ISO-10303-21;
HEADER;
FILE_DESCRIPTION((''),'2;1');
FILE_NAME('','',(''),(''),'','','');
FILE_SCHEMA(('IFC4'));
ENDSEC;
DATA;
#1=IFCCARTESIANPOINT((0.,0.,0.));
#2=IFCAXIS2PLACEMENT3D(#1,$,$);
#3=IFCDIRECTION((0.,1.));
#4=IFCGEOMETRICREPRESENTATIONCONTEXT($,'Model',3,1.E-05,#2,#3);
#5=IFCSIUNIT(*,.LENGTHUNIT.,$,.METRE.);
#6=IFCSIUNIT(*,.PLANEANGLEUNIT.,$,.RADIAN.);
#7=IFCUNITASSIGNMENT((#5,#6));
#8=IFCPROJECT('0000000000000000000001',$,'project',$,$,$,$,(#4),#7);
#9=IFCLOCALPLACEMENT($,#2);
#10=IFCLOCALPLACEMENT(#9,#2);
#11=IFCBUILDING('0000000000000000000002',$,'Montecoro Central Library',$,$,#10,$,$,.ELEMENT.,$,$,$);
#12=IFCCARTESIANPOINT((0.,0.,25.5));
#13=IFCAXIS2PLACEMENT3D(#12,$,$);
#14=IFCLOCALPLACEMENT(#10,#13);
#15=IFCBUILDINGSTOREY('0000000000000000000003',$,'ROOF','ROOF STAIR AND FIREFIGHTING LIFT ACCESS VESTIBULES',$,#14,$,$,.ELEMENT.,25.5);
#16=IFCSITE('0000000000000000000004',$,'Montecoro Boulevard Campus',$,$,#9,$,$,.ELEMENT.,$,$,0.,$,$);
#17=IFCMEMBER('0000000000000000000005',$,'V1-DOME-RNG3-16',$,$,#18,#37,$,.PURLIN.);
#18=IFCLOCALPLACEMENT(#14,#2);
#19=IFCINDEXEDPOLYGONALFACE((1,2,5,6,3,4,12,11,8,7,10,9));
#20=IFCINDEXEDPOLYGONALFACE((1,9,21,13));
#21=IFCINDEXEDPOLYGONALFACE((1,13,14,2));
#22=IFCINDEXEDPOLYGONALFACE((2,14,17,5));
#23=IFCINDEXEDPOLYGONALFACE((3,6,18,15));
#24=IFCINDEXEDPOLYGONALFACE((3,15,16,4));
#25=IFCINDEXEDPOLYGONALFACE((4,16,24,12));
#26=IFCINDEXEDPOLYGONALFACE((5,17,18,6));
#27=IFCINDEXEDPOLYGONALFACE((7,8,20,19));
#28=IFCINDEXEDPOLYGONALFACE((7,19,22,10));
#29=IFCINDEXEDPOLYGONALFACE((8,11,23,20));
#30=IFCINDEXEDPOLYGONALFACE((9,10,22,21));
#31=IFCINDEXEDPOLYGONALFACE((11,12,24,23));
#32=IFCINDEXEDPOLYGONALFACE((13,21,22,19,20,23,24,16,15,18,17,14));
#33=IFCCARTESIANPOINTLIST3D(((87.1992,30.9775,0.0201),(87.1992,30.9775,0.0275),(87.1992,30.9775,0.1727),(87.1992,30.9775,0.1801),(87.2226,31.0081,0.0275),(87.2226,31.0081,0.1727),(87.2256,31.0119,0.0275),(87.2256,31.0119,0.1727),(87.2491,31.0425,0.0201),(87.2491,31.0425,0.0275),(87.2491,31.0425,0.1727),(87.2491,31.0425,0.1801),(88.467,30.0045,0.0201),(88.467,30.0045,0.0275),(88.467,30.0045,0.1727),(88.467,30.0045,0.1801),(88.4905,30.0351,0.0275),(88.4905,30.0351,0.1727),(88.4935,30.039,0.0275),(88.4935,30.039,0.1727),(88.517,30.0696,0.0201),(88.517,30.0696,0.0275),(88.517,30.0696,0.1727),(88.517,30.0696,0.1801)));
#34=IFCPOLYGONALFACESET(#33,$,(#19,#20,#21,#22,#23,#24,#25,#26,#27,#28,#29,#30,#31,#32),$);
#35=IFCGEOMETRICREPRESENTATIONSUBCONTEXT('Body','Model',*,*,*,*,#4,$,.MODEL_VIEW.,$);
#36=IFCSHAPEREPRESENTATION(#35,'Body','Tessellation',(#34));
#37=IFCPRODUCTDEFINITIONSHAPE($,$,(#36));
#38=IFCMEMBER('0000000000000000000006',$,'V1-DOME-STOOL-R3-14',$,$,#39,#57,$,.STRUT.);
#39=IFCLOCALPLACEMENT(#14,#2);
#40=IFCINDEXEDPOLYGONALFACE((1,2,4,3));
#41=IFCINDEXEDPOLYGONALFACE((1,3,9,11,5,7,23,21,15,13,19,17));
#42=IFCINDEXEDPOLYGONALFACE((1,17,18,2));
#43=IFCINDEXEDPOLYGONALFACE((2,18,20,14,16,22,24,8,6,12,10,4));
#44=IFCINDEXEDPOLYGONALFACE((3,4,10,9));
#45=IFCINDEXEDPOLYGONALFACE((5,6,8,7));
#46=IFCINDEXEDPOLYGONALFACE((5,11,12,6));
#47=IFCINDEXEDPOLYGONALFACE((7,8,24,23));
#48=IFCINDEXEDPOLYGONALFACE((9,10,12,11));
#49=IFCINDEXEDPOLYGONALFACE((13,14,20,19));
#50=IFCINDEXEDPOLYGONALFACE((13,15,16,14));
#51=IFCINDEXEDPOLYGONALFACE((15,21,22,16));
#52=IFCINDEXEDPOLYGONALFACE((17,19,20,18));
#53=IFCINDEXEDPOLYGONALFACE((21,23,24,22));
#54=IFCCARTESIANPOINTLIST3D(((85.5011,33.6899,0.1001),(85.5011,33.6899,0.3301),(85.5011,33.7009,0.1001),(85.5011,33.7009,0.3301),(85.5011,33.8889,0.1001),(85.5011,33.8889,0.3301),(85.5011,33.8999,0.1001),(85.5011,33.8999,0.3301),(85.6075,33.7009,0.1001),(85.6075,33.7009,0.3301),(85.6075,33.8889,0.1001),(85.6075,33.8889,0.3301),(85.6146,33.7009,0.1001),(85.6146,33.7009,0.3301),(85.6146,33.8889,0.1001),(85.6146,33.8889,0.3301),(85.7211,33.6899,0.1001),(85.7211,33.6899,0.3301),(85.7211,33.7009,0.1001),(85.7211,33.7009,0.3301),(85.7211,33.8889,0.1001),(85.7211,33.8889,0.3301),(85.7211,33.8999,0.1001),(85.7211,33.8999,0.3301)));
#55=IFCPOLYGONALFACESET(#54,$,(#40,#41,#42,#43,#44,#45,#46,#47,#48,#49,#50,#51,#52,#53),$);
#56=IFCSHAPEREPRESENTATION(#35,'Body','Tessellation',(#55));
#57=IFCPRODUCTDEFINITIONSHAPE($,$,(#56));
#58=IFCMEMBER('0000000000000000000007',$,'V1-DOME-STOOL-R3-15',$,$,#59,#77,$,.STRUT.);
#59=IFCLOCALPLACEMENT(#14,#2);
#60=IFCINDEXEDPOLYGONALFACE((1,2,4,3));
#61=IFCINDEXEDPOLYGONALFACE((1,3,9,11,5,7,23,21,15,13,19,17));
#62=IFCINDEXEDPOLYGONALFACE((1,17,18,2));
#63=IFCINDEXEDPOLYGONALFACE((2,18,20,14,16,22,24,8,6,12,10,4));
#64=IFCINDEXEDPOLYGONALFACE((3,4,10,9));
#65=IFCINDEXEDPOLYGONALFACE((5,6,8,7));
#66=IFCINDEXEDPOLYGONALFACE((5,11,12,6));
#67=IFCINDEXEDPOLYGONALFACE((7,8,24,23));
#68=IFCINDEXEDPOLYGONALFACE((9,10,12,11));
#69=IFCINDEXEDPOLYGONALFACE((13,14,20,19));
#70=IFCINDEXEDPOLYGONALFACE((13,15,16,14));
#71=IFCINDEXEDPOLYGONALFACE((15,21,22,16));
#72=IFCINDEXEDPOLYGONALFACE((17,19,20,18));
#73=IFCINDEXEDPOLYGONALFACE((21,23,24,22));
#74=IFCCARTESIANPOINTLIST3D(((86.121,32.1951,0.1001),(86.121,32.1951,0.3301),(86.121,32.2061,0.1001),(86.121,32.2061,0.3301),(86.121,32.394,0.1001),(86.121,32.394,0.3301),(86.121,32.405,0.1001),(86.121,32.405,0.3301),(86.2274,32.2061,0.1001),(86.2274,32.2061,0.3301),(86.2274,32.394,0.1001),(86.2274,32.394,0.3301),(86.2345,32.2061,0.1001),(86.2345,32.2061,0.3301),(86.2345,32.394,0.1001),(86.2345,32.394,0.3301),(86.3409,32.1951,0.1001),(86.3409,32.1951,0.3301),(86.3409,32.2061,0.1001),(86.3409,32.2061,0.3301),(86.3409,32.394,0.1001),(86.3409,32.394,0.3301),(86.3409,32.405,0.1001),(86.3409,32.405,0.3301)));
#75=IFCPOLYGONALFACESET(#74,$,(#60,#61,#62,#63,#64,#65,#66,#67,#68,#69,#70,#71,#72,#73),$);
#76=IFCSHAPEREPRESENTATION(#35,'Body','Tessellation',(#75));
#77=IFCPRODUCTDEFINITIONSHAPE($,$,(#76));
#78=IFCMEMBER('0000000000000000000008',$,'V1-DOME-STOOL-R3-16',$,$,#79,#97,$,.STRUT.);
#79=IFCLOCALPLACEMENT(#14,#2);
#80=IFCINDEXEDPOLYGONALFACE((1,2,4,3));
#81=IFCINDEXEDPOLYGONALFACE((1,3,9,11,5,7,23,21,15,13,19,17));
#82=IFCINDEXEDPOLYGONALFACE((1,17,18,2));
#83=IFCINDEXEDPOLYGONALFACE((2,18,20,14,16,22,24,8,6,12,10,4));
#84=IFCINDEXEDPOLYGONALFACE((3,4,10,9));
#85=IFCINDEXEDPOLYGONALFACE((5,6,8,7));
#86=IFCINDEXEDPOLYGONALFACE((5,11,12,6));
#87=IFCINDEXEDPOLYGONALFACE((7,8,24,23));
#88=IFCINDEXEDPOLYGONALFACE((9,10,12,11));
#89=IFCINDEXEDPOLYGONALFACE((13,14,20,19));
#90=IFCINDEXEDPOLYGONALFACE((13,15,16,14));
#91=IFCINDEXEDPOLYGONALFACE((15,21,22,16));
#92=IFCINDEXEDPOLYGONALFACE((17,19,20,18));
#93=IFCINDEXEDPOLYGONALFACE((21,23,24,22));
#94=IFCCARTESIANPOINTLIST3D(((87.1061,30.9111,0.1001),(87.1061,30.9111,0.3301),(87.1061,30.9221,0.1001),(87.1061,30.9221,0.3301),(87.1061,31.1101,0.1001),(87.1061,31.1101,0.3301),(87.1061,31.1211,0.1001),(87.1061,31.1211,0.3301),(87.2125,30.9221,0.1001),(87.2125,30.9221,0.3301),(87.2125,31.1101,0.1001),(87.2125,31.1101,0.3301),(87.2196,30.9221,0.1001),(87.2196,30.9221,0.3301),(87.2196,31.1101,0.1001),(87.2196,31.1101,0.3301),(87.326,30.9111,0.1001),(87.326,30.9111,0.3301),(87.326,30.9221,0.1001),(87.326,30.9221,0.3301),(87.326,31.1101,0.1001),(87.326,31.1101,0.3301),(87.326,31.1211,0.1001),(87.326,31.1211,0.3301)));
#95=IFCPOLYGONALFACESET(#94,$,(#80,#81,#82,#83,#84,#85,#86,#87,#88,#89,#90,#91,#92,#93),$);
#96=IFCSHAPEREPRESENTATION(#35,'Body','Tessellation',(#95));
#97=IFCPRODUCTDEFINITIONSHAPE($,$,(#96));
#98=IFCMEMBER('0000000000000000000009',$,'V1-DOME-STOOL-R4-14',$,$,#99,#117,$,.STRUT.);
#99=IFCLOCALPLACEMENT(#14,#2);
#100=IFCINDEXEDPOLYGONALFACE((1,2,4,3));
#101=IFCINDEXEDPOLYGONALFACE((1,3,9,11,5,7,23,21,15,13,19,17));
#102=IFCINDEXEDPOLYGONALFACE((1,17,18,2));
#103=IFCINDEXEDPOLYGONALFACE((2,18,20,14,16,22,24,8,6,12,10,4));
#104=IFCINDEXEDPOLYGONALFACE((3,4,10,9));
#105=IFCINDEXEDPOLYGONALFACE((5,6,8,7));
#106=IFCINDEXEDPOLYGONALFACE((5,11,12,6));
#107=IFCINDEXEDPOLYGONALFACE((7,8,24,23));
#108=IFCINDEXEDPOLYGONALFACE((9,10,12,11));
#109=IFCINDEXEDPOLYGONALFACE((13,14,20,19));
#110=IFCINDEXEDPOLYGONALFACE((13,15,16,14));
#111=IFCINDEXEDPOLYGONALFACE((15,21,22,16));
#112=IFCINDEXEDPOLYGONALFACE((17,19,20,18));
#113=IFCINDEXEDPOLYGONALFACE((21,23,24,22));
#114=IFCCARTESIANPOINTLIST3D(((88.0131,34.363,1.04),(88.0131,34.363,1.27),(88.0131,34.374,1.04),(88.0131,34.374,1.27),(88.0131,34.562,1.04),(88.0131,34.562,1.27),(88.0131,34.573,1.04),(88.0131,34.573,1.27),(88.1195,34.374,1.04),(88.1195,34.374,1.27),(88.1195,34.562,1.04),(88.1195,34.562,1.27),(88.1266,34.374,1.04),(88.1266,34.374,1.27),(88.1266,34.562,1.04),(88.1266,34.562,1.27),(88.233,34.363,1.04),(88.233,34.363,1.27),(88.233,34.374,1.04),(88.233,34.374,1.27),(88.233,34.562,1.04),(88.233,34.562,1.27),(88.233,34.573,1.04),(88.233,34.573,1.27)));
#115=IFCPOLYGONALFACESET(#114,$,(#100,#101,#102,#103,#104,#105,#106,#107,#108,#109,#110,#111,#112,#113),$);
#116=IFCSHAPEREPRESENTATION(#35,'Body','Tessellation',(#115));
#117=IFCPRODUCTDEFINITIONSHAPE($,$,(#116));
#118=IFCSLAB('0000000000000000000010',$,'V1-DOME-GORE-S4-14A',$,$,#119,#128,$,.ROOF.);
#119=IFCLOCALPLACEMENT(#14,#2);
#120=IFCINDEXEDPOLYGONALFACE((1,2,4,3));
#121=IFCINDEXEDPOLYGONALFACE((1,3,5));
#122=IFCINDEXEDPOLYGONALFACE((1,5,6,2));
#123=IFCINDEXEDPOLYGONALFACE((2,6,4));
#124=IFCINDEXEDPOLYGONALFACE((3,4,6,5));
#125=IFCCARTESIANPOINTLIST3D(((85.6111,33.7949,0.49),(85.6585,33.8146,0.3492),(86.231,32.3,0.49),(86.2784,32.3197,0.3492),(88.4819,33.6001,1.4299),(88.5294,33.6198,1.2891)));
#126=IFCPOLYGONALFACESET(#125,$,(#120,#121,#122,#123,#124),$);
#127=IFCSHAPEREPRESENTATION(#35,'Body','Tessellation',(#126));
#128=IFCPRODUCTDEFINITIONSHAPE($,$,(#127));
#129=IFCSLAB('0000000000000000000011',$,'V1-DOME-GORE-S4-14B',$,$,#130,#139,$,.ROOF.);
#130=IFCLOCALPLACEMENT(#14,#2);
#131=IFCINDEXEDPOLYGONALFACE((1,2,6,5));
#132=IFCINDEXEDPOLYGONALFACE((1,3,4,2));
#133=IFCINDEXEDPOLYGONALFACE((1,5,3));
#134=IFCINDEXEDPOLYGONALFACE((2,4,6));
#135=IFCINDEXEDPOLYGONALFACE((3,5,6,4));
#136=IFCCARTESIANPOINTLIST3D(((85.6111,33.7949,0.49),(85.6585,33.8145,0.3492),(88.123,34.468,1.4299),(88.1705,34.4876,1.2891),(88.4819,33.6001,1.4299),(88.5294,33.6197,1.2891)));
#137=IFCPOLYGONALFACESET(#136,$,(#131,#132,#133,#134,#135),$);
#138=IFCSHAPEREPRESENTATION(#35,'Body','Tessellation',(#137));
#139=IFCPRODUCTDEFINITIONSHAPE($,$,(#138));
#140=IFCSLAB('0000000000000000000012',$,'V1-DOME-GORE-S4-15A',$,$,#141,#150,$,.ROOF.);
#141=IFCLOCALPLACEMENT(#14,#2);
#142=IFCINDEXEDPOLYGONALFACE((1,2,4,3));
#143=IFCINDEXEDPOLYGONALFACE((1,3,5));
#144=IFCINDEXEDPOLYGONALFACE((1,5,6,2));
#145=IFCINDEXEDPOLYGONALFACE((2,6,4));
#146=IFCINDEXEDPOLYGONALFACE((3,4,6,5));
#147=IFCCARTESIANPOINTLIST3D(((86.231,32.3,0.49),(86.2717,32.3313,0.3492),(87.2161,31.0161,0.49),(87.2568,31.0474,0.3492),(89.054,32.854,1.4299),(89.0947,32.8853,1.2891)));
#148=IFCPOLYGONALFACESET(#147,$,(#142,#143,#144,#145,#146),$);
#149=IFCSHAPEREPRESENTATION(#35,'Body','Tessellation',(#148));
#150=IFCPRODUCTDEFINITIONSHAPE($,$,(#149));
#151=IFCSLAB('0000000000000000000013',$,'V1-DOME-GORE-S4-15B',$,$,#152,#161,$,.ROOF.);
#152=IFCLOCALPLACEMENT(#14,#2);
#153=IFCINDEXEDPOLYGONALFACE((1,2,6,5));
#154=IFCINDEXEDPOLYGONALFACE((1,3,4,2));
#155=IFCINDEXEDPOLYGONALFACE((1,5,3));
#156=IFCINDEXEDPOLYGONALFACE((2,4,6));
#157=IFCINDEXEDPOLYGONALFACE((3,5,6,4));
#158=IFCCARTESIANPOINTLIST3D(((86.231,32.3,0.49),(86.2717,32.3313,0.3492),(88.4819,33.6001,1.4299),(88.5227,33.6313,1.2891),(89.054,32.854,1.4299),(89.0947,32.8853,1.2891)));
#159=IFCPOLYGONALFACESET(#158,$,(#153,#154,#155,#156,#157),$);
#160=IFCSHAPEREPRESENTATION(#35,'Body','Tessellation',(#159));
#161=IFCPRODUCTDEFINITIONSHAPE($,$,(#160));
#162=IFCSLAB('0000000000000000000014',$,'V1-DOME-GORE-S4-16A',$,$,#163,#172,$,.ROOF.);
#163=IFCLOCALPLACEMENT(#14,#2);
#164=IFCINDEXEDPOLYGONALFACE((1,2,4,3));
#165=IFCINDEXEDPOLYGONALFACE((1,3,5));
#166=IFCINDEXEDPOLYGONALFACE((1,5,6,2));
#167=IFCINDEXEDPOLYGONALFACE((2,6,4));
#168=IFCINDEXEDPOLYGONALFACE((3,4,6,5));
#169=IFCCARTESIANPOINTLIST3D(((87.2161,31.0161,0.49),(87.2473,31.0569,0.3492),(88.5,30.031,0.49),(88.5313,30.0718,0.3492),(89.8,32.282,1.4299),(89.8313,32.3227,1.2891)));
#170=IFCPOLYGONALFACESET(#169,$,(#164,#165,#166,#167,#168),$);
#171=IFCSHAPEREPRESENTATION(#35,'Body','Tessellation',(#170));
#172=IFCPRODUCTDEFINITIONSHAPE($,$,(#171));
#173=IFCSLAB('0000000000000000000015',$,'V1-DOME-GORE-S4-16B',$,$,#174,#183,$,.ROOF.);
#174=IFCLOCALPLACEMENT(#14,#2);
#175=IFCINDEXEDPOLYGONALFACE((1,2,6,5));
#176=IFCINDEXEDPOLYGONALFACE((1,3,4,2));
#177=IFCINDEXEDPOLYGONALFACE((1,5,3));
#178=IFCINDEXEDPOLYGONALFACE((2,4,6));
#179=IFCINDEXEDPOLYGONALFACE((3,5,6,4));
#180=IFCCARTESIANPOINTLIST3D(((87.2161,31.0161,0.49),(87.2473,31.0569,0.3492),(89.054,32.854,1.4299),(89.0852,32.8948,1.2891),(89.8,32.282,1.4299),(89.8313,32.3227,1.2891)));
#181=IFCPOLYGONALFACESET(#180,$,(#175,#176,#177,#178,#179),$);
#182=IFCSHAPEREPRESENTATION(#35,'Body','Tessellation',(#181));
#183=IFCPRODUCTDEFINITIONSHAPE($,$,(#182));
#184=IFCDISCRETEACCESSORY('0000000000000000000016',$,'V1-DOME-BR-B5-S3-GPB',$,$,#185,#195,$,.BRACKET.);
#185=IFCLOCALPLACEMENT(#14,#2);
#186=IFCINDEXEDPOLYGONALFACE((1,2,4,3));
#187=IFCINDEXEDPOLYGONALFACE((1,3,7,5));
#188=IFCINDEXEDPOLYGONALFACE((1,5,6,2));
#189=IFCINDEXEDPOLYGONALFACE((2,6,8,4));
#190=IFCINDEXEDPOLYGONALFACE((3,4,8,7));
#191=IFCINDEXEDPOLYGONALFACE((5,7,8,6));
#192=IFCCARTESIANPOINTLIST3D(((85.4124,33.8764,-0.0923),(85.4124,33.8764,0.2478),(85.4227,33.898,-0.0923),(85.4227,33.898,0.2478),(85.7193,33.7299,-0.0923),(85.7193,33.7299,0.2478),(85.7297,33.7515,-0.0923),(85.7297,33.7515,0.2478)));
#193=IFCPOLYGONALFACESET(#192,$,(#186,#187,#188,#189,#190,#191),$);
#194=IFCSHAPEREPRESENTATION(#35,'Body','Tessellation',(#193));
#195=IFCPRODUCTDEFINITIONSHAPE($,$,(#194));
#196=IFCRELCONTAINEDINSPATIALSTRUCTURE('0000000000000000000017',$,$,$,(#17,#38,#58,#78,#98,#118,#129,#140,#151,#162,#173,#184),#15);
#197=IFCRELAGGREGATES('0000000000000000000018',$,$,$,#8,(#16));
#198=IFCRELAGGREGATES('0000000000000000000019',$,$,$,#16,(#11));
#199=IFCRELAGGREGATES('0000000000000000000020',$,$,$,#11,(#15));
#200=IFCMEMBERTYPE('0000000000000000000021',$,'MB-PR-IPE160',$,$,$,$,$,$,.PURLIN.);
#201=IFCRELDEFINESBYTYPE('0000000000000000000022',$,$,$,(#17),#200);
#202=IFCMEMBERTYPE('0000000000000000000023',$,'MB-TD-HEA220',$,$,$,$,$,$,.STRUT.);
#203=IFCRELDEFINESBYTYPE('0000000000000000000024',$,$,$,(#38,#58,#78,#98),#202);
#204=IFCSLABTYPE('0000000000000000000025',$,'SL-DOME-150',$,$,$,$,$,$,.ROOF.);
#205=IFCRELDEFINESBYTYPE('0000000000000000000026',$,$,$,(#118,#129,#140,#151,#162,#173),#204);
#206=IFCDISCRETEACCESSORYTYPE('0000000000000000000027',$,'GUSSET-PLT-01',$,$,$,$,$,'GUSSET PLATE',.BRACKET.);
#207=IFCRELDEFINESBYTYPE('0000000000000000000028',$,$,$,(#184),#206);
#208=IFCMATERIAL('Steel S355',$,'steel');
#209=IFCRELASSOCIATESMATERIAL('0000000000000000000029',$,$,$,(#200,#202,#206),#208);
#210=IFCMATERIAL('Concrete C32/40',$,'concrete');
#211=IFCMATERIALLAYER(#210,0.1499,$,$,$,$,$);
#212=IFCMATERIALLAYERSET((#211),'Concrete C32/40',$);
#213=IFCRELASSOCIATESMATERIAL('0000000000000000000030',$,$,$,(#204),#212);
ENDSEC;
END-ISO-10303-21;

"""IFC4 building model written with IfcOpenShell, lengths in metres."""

from ifc_helpers import new_model, si_unit, direction, frame, origin, origin_2d, place, context, subcontext, project, spatial, polyline, rectangle, i_section, outline, extrude, material, layer, layer_set, material_profile, profile_set, type_object, element, save


model = new_model("IFC4")

# Units and contexts
model_context = context("Model", 3, precision=1e-05, world=origin(), true_north=direction((0.0, 1.0)))
body_context = subcontext(model_context, "Body", "Model", "MODEL_VIEW")
ifc_project = project(units=[si_unit("LENGTHUNIT", "METRE"), si_unit("PLANEANGLEUNIT", "RADIAN")], contexts=[model_context])

# Site, building, storey
site_placement = place(None, origin())
site = spatial("IfcSite", under=ifc_project, at=site_placement, Name="Montecoro Boulevard Campus", CompositionType="ELEMENT", RefElevation=0.0)
building_placement = place(site_placement, origin())
building = spatial("IfcBuilding", under=site, at=building_placement, Name="Montecoro Central Library", CompositionType="ELEMENT")
storey_placement = place(building_placement, frame((0.0, 0.0, 25.5)))
storey = spatial("IfcBuildingStorey", under=building, at=storey_placement, Name="ROOF", Description="ROOF STAIR AND FIREFIGHTING LIFT ACCESS VESTIBULES", CompositionType="ELEMENT", Elevation=25.5)

# Members
ifc_material_1 = material(Name="Steel S355", Category="steel")
ifc_material_profile_1 = material_profile(ifc_material_1, i_section(OverallWidth=0.082, OverallDepth=0.1599, WebThickness=0.0049, FlangeThickness=0.0073, at=origin_2d()), Name="IPE 160")
ifc_profile_set_1 = profile_set([ifc_material_profile_1], Name="Steel S355")
member_type_1 = type_object("IfcMemberType", Name="MB-PR-IPE160", PredefinedType="PURLIN", material=ifc_profile_set_1)
member_1_placement = place(storey_placement, frame((87.2241, 31.01, 0.1001), z_axis=(0.793333, -0.608787, 0.0), x_axis=(0.608787, 0.793333, 0.0)))
element("IfcMember", 1, at=member_1_placement, inside=storey, type_object=member_type_1, Name="V1-DOME-RNG3-16", PredefinedType="PURLIN", context=body_context, shape_type="SweptSolid", body=[
    extrude(i_section(OverallWidth=0.082, OverallDepth=0.1599, WebThickness=0.0049, FlangeThickness=0.0073, at=origin_2d()), origin(), (0.0, 0.0, 1.0), 1.5981),
])
ifc_material_profile_2 = material_profile(ifc_material_1, i_section(OverallWidth=0.22, OverallDepth=0.21, WebThickness=0.0071, FlangeThickness=0.011, at=origin_2d()), Name="HEA 220")
ifc_profile_set_2 = profile_set([ifc_material_profile_2], Name="Steel S355")
member_type_2 = type_object("IfcMemberType", Name="MB-TD-HEA220", PredefinedType="STRUT", material=ifc_profile_set_2)
for number, where, z_axis, x_axis, name in (
    (2, (85.6111, 33.7949, 0.1001), (0.0, 0.0, 1.0), (1.0, 0.0, 0.0), "V1-DOME-STOOL-R3-14"),
    (3, (86.231, 32.3, 0.1001), (0.0, 0.0, 1.0), (1.0, 0.0, 0.0), "V1-DOME-STOOL-R3-15"),
    (4, (87.2161, 31.0161, 0.1001), (0.0, 0.0, 1.0), (1.0, 0.0, 0.0), "V1-DOME-STOOL-R3-16"),
    (5, (88.123, 34.468, 1.04), (0.0, 0.0, 1.0), (1.0, 0.0, 0.0), "V1-DOME-STOOL-R4-14"),
):
    element("IfcMember", number, at=place(storey_placement, frame(where, z_axis=z_axis, x_axis=x_axis)), inside=storey, type_object=member_type_2, Name=name, PredefinedType="STRUT", context=body_context, shape_type="SweptSolid", body=[
        extrude(i_section(OverallWidth=0.22, OverallDepth=0.21, WebThickness=0.0071, FlangeThickness=0.011, at=origin_2d()), origin(), (0.0, 0.0, 1.0), 0.23),
    ])

# Slabs
ifc_material_2 = material(Name="Concrete C32/40", Category="concrete")
ifc_layer = layer(ifc_material_2, 0.1499)
ifc_layer_set = layer_set([ifc_layer], Name="Concrete C32/40")
slab_type = type_object("IfcSlabType", Name="SL-DOME-150", PredefinedType="ROOF", material=ifc_layer_set)
slab_1_placement = place(storey_placement, frame((85.6111, 33.7949, 0.49), z_axis=(-0.316497, -0.131241, 0.939471), x_axis=(0.38304, -0.923732, 0.0)))
element("IfcSlab", 6, at=slab_1_placement, inside=storey, type_object=slab_type, Name="V1-DOME-GORE-S4-14A", PredefinedType="ROOF", context=body_context, shape_type="SweptSolid", body=[
    extrude(outline(polyline([(0.0, 0.0), (1.6183, 0.0), (1.2796, 2.7433), (0.0, 0.0)])), origin(), (0.0, 0.0, -1.0), 0.1499),
])
slab_2_placement = place(storey_placement, frame((85.6111, 33.7949, 0.49), z_axis=(-0.31649, -0.130869, 0.939525), x_axis=(0.948389, -0.06436, 0.310511)))
element("IfcSlab", 7, at=slab_2_placement, inside=storey, type_object=slab_type, Name="V1-DOME-GORE-S4-14B", PredefinedType="ROOF", context=body_context, shape_type="SweptSolid", body=[
    extrude(outline(polyline([(0.0, 0.0), (3.0271, 0.0), (2.6309, 0.8515), (0.0, 0.0)])), origin(), (0.0, 0.0, -1.0), 0.1499),
])
slab_3_placement = place(storey_placement, frame((86.231, 32.3, 0.49), z_axis=(-0.271868, -0.208592, 0.939456), x_axis=(0.608726, -0.79338, 0.0)))
element("IfcSlab", 8, at=slab_3_placement, inside=storey, type_object=slab_type, Name="V1-DOME-GORE-S4-15A", PredefinedType="ROOF", context=body_context, shape_type="SweptSolid", body=[
    extrude(outline(polyline([(0.0, 0.0), (1.6183, 0.0), (1.2789, 2.743), (0.0, 0.0)])), origin(), (0.0, 0.0, -1.0), 0.1499),
])
slab_4_placement = place(storey_placement, frame((86.231, 32.3, 0.49), z_axis=(-0.2719, -0.208463, 0.939475), x_axis=(0.932761, 0.183035, 0.310571)))
element("IfcSlab", 9, at=slab_4_placement, inside=storey, type_object=slab_type, Name="V1-DOME-GORE-S4-15B", PredefinedType="ROOF", context=body_context, shape_type="SweptSolid", body=[
    extrude(outline(polyline([(0.0, 0.0), (3.0265, 0.0), (2.6295, 0.8522), (0.0, 0.0)])), origin(), (0.0, 0.0, -1.0), 0.1499),
])
slab_5_placement = place(storey_placement, frame((87.2161, 31.0161, 0.49), z_axis=(-0.208568, -0.271837, 0.93947), x_axis=(0.79338, -0.608726, 0.0)))
element("IfcSlab", 10, at=slab_5_placement, inside=storey, type_object=slab_type, Name="V1-DOME-GORE-S4-16A", PredefinedType="ROOF", context=body_context, shape_type="SweptSolid", body=[
    extrude(outline(polyline([(0.0, 0.0), (1.6183, 0.0), (1.2795, 2.7433), (0.0, 0.0)])), origin(), (0.0, 0.0, -1.0), 0.1499),
])
slab_6_placement = place(storey_placement, frame((87.2161, 31.0161, 0.49), z_axis=(-0.208504, -0.271954, 0.939451), x_axis=(0.853638, 0.418189, 0.310516)))
element("IfcSlab", 11, at=slab_6_placement, inside=storey, type_object=slab_type, Name="V1-DOME-GORE-S4-16B", PredefinedType="ROOF", context=body_context, shape_type="SweptSolid", body=[
    extrude(outline(polyline([(0.0, 0.0), (3.027, 0.0), (2.6293, 0.8519), (0.0, 0.0)])), origin(), (0.0, 0.0, -1.0), 0.1499),
])

# Discrete accessory
discrete_accessory_type = type_object("IfcDiscreteAccessoryType", Name="GUSSET-PLT-01", ElementType="GUSSET PLATE", PredefinedType="BRACKET", material=ifc_material_1)
for number, where, z_axis, x_axis, name in (
    (12, (85.571, 33.814, -0.0923), (0.0, 0.0, 1.0), (0.902435, -0.430826, 0.0), "V1-DOME-BR-B5-S3-GPB"),
):
    element("IfcDiscreteAccessory", number, at=place(storey_placement, frame(where, z_axis=z_axis, x_axis=x_axis)), inside=storey, type_object=discrete_accessory_type, Name=name, PredefinedType="BRACKET", context=body_context, shape_type="SweptSolid", body=[
        extrude(rectangle(XDim=0.3401, YDim=0.0239, at=origin_2d()), origin(), (0.0, 0.0, 1.0), 0.3401),
    ])

save(model, "model.ifc")
